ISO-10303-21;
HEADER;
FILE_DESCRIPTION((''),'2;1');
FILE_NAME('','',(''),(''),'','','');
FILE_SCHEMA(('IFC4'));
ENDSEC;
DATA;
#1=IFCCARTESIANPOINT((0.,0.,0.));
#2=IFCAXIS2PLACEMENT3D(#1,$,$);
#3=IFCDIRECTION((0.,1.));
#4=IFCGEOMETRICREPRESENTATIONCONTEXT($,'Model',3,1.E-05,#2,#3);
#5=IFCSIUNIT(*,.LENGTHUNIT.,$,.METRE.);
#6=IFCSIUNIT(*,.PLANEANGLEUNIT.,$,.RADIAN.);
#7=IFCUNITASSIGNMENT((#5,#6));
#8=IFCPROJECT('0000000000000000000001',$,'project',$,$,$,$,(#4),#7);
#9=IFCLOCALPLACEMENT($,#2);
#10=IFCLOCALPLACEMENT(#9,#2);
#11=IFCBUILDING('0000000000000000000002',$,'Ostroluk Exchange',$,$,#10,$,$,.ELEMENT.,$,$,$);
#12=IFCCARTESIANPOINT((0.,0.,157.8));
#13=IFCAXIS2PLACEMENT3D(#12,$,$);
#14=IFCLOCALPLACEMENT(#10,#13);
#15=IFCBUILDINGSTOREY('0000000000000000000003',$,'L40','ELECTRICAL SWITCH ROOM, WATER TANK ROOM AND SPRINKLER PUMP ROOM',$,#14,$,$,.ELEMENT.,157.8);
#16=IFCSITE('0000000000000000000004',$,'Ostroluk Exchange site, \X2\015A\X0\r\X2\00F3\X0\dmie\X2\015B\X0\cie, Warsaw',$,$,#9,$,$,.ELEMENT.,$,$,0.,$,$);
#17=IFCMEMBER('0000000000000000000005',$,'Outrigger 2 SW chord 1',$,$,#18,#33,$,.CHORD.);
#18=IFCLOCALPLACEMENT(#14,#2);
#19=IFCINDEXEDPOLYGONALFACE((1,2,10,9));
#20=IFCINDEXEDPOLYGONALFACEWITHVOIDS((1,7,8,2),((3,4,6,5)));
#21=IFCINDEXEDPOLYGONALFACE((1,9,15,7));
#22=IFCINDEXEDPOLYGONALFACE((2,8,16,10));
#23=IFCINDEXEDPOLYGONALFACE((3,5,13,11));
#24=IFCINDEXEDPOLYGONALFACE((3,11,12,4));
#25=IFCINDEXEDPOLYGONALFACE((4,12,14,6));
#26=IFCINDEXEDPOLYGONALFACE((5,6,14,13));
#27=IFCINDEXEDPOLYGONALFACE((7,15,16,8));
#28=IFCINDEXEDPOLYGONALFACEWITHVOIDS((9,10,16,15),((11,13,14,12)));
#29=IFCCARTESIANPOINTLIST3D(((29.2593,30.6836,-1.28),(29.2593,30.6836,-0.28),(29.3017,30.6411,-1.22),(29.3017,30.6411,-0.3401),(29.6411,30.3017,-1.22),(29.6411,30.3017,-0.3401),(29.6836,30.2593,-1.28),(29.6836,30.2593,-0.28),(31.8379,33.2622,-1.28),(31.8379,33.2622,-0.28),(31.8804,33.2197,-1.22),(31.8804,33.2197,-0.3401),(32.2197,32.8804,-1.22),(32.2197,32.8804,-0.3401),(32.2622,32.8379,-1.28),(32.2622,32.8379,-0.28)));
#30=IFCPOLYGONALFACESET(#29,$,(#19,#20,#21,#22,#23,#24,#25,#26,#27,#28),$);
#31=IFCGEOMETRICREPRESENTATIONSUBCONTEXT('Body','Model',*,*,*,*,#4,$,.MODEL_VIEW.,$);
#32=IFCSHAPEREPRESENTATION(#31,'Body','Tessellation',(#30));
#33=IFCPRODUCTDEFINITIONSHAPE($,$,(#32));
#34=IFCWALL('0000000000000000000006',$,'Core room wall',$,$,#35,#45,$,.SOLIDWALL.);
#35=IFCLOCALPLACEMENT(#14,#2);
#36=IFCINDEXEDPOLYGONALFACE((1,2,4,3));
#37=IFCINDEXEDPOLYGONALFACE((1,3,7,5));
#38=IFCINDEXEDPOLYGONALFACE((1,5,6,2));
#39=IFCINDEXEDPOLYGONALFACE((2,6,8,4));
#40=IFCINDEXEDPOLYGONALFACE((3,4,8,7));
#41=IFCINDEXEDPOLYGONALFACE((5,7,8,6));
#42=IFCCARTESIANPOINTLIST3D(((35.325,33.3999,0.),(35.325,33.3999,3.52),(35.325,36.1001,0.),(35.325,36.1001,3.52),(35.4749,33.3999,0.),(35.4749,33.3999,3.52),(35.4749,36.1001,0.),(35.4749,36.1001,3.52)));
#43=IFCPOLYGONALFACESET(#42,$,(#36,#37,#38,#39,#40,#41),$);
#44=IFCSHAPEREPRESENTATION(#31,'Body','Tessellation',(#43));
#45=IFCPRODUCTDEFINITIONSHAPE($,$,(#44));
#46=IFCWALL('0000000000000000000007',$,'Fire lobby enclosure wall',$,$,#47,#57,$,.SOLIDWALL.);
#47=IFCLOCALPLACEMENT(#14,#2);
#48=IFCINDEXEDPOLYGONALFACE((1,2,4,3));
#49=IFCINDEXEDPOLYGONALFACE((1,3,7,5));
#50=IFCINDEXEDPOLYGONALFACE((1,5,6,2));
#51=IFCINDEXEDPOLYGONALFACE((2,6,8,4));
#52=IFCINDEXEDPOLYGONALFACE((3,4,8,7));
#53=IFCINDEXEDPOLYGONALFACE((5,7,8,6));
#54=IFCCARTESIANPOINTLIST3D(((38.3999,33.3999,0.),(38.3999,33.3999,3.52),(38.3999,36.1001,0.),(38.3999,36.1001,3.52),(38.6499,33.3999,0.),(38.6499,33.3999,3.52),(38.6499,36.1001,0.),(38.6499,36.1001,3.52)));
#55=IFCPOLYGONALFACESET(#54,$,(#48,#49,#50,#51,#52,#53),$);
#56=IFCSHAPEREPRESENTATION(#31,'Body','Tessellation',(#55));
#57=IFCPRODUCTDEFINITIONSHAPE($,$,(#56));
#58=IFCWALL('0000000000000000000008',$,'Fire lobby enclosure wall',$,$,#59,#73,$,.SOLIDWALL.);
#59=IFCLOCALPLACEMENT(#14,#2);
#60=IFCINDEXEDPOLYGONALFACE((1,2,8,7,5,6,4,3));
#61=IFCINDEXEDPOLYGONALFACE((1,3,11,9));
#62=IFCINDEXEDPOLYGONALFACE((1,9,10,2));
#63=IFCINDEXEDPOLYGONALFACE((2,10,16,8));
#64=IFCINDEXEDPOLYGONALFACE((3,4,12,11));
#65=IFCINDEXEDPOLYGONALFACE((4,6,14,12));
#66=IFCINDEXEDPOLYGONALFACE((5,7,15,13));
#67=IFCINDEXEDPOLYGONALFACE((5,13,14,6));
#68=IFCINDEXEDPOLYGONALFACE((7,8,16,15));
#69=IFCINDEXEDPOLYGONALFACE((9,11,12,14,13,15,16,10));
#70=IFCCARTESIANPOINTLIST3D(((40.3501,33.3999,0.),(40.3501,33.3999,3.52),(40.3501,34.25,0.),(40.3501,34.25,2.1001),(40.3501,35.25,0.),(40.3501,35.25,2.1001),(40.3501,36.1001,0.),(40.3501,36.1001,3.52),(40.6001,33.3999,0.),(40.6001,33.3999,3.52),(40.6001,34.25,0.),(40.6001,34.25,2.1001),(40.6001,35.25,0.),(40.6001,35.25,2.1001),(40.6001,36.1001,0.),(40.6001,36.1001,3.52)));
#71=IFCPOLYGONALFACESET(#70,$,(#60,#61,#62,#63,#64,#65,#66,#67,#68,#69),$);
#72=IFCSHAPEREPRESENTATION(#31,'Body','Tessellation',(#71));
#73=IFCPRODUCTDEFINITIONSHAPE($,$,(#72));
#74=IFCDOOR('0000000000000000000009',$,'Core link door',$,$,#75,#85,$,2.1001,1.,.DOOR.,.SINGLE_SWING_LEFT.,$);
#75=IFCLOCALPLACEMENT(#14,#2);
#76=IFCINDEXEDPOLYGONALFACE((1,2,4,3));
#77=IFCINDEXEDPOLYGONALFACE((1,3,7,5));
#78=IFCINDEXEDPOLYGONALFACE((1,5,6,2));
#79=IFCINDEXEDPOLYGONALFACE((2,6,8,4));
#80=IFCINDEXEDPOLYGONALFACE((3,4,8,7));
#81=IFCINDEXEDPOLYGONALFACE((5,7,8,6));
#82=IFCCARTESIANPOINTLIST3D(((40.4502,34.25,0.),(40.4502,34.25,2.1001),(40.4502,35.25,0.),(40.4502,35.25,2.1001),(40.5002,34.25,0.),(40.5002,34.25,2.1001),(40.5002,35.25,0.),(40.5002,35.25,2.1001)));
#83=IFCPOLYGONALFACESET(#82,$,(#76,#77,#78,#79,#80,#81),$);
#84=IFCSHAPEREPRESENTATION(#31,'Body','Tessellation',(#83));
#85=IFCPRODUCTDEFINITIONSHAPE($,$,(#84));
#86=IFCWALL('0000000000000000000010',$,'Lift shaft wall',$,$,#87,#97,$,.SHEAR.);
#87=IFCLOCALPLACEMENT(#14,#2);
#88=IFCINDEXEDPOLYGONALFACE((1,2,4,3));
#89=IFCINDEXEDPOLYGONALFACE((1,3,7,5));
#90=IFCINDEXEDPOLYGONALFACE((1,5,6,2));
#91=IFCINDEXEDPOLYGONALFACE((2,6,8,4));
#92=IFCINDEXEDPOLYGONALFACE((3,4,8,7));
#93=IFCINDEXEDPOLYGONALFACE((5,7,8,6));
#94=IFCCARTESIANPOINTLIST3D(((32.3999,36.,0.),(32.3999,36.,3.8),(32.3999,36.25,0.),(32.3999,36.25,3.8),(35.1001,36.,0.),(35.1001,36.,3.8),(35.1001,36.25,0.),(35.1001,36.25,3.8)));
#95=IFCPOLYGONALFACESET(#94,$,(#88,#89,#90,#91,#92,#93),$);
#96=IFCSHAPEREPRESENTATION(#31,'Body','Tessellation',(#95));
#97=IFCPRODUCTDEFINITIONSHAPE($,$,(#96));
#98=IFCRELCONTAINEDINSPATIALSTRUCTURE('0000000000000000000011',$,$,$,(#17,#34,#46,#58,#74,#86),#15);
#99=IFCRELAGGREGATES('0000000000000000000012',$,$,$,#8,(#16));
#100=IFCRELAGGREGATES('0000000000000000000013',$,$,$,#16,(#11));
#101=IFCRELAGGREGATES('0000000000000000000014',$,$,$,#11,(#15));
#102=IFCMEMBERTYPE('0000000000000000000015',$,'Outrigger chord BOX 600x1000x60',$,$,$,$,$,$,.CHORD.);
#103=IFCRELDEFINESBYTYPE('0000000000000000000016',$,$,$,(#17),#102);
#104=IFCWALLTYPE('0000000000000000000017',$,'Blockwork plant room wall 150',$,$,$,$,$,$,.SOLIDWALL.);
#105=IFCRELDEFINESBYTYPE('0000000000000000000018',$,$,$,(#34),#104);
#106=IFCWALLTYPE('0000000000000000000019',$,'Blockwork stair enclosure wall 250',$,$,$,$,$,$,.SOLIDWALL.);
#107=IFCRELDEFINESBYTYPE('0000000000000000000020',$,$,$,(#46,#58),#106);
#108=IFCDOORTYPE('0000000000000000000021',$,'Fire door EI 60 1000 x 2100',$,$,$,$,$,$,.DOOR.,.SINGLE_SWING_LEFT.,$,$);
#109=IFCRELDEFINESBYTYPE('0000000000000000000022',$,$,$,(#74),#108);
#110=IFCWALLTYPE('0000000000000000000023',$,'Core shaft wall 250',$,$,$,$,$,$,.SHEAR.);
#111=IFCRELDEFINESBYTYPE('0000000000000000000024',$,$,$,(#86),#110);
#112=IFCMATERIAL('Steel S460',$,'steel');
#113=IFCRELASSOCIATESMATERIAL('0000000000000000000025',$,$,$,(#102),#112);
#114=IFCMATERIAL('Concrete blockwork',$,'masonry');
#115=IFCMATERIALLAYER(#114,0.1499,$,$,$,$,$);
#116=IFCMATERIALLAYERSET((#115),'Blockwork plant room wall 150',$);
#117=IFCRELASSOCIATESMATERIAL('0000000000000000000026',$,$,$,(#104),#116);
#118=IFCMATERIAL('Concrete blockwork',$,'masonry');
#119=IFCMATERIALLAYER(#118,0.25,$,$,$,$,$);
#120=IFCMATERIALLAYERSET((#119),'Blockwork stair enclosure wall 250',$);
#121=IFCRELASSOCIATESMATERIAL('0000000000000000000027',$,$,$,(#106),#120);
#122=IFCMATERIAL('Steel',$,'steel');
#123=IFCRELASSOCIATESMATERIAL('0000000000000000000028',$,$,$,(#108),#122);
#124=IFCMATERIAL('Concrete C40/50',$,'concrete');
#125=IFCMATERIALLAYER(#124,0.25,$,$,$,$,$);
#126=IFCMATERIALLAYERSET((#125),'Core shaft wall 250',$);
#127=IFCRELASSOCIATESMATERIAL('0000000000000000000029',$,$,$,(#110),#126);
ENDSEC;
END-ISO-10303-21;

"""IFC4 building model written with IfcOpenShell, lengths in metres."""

from ifc_helpers import new_model, si_unit, direction, frame, frame_2d, origin, origin_2d, place, context, subcontext, project, spatial, rectangle, hollow_rectangle, extrude, material, layer, layer_set, material_profile, profile_set, type_object, element, fill, save


model = new_model("IFC4")

# Units and contexts
model_context = context("Model", 3, precision=1e-05, world=origin(), true_north=direction((0.0, 1.0)))
body_context = subcontext(model_context, "Body", "Model", "MODEL_VIEW")
ifc_project = project(units=[si_unit("LENGTHUNIT", "METRE"), si_unit("PLANEANGLEUNIT", "RADIAN")], contexts=[model_context])

# Site, building, storey
site_placement = place(None, origin())
site = spatial("IfcSite", under=ifc_project, at=site_placement, Name="Ostroluk Exchange site, Śródmieście, Warsaw", CompositionType="ELEMENT", RefElevation=0.0)
building_placement = place(site_placement, origin())
building = spatial("IfcBuilding", under=site, at=building_placement, Name="Ostroluk Exchange", CompositionType="ELEMENT")
storey_placement = place(building_placement, frame((0.0, 0.0, 157.8)))
storey = spatial("IfcBuildingStorey", under=building, at=storey_placement, Name="L40", Description="ELECTRICAL SWITCH ROOM, WATER TANK ROOM AND SPRINKLER PUMP ROOM", CompositionType="ELEMENT", Elevation=157.8)

# Member
ifc_material_1 = material(Name="Steel S460", Category="steel")
ifc_material_profile_1 = material_profile(ifc_material_1, hollow_rectangle(XDim=0.6001, YDim=1.0, WallThickness=0.0601, at=origin_2d()), Name="BOX 600x1000x60")
ifc_profile_set_1 = profile_set([ifc_material_profile_1], Name="Steel S460")
member_type = type_object("IfcMemberType", Name="Outrigger chord BOX 600x1000x60", PredefinedType="CHORD", material=ifc_profile_set_1)
member_placement = place(storey_placement, frame((32.05, 33.05, -0.78), z_axis=(-0.707107, -0.707107, 0.0), x_axis=(0.707107, -0.707107, 0.0)))
element("IfcMember", 1, at=member_placement, inside=storey, type_object=member_type, Name="Outrigger 2 SW chord 1", PredefinedType="CHORD", context=body_context, shape_type="SweptSolid", body=[
    extrude(hollow_rectangle(XDim=0.6001, YDim=1.0, WallThickness=0.0601, at=origin_2d()), origin(), (0.0, 0.0, 1.0), 3.6467),
])

# Walls
ifc_material_2 = material(Name="Concrete blockwork", Category="masonry")
ifc_layer_1 = layer(ifc_material_2, 0.1499)
ifc_layer_set_1 = layer_set([ifc_layer_1], Name="Blockwork plant room wall 150")
wall_type_1 = type_object("IfcWallType", Name="Blockwork plant room wall 150", PredefinedType="SOLIDWALL", material=ifc_layer_set_1)
wall_1_placement = place(storey_placement, frame((35.3999, 33.3999, 0.0), z_axis=(0.0, 0.0, 1.0), x_axis=(0.0, 1.0, 0.0)))
element("IfcWall", 2, at=wall_1_placement, inside=storey, type_object=wall_type_1, Name="Core room wall", PredefinedType="SOLIDWALL", context=body_context, shape_type="SweptSolid", body=[
    extrude(rectangle(XDim=2.7002, YDim=0.1499, at=frame_2d((1.3501, 0.0))), origin(), (0.0, 0.0, 1.0), 3.52),
])
ifc_material_3 = material(Name="Concrete blockwork", Category="masonry")
ifc_layer_2 = layer(ifc_material_3, 0.25)
ifc_layer_set_2 = layer_set([ifc_layer_2], Name="Blockwork stair enclosure wall 250")
wall_type_2 = type_object("IfcWallType", Name="Blockwork stair enclosure wall 250", PredefinedType="SOLIDWALL", material=ifc_layer_set_2)
wall_2_placement = place(storey_placement, frame((38.5249, 33.3999, 0.0), z_axis=(0.0, 0.0, 1.0), x_axis=(0.0, 1.0, 0.0)))
element("IfcWall", 3, at=wall_2_placement, inside=storey, type_object=wall_type_2, Name="Fire lobby enclosure wall", PredefinedType="SOLIDWALL", context=body_context, shape_type="SweptSolid", body=[
    extrude(rectangle(XDim=2.7002, YDim=0.25, at=frame_2d((1.3501, 0.0))), origin(), (0.0, 0.0, 1.0), 3.52),
])

# Wall, opening, door
wall_3_placement = place(storey_placement, frame((40.4751, 33.3999, 0.0), z_axis=(0.0, 0.0, 1.0), x_axis=(0.0, 1.0, 0.0)))
wall_3 = element("IfcWall", 4, at=wall_3_placement, inside=storey, type_object=wall_type_2, Name="Fire lobby enclosure wall", PredefinedType="SOLIDWALL", context=body_context, shape_type="SweptSolid", body=[
    extrude(rectangle(XDim=2.7002, YDim=0.25, at=frame_2d((1.3501, 0.0))), origin(), (0.0, 0.0, 1.0), 3.52),
])
opening_1_placement = place(wall_3_placement, frame((0.8501, 0.0, 0.0)))
opening_1 = element("IfcOpeningElement", 5, at=opening_1_placement, cuts=wall_3, PredefinedType="OPENING", context=body_context, shape_type="SweptSolid", body=[
    extrude(rectangle(XDim=1.0, YDim=2.1001, at=frame_2d((0.5, 1.05))), frame((0.0, 0.135, 0.0), z_axis=(0.0, -1.0, 0.0), x_axis=(1.0, 0.0, 0.0)), (0.0, 0.0, 1.0), 0.27),
])
ifc_material_4 = material(Name="Steel", Category="steel")
door_type_1 = type_object("IfcDoorType", Name="Fire door EI 60 1000 x 2100", OperationType="SINGLE_SWING_LEFT", PredefinedType="DOOR", material=ifc_material_4)
door_1_placement = place(opening_1_placement, origin())
door_1 = element("IfcDoor", 6, at=door_1_placement, inside=storey, type_object=door_type_1, Name="Core link door", OperationType="SINGLE_SWING_LEFT", OverallHeight=2.1001, OverallWidth=1.0, PredefinedType="DOOR", context=body_context, shape_type="SweptSolid", body=[
    extrude(rectangle(XDim=1.0, YDim=2.1001, at=frame_2d((0.5, 1.05))), frame((0.0, 0.0249, 0.0), z_axis=(0.0, -1.0, 0.0), x_axis=(1.0, 0.0, 0.0)), (0.0, 0.0, 1.0), 0.05),
])
fill(opening_1, door_1)

# Wall
ifc_material_5 = material(Name="Concrete C40/50", Category="concrete")
ifc_layer_3 = layer(ifc_material_5, 0.25)
ifc_layer_set_3 = layer_set([ifc_layer_3], Name="Core shaft wall 250")
wall_type_3 = type_object("IfcWallType", Name="Core shaft wall 250", PredefinedType="SHEAR", material=ifc_layer_set_3)
wall_4_placement = place(storey_placement, frame((32.3999, 36.125, 0.0), z_axis=(0.0, 0.0, 1.0), x_axis=(1.0, 0.0, 0.0)))
element("IfcWall", 7, at=wall_4_placement, inside=storey, type_object=wall_type_3, Name="Lift shaft wall", PredefinedType="SHEAR", context=body_context, shape_type="SweptSolid", body=[
    extrude(rectangle(XDim=2.7002, YDim=0.25, at=frame_2d((1.3501, 0.0))), origin(), (0.0, 0.0, 1.0), 3.8),
])

save(model, "model.ifc")
